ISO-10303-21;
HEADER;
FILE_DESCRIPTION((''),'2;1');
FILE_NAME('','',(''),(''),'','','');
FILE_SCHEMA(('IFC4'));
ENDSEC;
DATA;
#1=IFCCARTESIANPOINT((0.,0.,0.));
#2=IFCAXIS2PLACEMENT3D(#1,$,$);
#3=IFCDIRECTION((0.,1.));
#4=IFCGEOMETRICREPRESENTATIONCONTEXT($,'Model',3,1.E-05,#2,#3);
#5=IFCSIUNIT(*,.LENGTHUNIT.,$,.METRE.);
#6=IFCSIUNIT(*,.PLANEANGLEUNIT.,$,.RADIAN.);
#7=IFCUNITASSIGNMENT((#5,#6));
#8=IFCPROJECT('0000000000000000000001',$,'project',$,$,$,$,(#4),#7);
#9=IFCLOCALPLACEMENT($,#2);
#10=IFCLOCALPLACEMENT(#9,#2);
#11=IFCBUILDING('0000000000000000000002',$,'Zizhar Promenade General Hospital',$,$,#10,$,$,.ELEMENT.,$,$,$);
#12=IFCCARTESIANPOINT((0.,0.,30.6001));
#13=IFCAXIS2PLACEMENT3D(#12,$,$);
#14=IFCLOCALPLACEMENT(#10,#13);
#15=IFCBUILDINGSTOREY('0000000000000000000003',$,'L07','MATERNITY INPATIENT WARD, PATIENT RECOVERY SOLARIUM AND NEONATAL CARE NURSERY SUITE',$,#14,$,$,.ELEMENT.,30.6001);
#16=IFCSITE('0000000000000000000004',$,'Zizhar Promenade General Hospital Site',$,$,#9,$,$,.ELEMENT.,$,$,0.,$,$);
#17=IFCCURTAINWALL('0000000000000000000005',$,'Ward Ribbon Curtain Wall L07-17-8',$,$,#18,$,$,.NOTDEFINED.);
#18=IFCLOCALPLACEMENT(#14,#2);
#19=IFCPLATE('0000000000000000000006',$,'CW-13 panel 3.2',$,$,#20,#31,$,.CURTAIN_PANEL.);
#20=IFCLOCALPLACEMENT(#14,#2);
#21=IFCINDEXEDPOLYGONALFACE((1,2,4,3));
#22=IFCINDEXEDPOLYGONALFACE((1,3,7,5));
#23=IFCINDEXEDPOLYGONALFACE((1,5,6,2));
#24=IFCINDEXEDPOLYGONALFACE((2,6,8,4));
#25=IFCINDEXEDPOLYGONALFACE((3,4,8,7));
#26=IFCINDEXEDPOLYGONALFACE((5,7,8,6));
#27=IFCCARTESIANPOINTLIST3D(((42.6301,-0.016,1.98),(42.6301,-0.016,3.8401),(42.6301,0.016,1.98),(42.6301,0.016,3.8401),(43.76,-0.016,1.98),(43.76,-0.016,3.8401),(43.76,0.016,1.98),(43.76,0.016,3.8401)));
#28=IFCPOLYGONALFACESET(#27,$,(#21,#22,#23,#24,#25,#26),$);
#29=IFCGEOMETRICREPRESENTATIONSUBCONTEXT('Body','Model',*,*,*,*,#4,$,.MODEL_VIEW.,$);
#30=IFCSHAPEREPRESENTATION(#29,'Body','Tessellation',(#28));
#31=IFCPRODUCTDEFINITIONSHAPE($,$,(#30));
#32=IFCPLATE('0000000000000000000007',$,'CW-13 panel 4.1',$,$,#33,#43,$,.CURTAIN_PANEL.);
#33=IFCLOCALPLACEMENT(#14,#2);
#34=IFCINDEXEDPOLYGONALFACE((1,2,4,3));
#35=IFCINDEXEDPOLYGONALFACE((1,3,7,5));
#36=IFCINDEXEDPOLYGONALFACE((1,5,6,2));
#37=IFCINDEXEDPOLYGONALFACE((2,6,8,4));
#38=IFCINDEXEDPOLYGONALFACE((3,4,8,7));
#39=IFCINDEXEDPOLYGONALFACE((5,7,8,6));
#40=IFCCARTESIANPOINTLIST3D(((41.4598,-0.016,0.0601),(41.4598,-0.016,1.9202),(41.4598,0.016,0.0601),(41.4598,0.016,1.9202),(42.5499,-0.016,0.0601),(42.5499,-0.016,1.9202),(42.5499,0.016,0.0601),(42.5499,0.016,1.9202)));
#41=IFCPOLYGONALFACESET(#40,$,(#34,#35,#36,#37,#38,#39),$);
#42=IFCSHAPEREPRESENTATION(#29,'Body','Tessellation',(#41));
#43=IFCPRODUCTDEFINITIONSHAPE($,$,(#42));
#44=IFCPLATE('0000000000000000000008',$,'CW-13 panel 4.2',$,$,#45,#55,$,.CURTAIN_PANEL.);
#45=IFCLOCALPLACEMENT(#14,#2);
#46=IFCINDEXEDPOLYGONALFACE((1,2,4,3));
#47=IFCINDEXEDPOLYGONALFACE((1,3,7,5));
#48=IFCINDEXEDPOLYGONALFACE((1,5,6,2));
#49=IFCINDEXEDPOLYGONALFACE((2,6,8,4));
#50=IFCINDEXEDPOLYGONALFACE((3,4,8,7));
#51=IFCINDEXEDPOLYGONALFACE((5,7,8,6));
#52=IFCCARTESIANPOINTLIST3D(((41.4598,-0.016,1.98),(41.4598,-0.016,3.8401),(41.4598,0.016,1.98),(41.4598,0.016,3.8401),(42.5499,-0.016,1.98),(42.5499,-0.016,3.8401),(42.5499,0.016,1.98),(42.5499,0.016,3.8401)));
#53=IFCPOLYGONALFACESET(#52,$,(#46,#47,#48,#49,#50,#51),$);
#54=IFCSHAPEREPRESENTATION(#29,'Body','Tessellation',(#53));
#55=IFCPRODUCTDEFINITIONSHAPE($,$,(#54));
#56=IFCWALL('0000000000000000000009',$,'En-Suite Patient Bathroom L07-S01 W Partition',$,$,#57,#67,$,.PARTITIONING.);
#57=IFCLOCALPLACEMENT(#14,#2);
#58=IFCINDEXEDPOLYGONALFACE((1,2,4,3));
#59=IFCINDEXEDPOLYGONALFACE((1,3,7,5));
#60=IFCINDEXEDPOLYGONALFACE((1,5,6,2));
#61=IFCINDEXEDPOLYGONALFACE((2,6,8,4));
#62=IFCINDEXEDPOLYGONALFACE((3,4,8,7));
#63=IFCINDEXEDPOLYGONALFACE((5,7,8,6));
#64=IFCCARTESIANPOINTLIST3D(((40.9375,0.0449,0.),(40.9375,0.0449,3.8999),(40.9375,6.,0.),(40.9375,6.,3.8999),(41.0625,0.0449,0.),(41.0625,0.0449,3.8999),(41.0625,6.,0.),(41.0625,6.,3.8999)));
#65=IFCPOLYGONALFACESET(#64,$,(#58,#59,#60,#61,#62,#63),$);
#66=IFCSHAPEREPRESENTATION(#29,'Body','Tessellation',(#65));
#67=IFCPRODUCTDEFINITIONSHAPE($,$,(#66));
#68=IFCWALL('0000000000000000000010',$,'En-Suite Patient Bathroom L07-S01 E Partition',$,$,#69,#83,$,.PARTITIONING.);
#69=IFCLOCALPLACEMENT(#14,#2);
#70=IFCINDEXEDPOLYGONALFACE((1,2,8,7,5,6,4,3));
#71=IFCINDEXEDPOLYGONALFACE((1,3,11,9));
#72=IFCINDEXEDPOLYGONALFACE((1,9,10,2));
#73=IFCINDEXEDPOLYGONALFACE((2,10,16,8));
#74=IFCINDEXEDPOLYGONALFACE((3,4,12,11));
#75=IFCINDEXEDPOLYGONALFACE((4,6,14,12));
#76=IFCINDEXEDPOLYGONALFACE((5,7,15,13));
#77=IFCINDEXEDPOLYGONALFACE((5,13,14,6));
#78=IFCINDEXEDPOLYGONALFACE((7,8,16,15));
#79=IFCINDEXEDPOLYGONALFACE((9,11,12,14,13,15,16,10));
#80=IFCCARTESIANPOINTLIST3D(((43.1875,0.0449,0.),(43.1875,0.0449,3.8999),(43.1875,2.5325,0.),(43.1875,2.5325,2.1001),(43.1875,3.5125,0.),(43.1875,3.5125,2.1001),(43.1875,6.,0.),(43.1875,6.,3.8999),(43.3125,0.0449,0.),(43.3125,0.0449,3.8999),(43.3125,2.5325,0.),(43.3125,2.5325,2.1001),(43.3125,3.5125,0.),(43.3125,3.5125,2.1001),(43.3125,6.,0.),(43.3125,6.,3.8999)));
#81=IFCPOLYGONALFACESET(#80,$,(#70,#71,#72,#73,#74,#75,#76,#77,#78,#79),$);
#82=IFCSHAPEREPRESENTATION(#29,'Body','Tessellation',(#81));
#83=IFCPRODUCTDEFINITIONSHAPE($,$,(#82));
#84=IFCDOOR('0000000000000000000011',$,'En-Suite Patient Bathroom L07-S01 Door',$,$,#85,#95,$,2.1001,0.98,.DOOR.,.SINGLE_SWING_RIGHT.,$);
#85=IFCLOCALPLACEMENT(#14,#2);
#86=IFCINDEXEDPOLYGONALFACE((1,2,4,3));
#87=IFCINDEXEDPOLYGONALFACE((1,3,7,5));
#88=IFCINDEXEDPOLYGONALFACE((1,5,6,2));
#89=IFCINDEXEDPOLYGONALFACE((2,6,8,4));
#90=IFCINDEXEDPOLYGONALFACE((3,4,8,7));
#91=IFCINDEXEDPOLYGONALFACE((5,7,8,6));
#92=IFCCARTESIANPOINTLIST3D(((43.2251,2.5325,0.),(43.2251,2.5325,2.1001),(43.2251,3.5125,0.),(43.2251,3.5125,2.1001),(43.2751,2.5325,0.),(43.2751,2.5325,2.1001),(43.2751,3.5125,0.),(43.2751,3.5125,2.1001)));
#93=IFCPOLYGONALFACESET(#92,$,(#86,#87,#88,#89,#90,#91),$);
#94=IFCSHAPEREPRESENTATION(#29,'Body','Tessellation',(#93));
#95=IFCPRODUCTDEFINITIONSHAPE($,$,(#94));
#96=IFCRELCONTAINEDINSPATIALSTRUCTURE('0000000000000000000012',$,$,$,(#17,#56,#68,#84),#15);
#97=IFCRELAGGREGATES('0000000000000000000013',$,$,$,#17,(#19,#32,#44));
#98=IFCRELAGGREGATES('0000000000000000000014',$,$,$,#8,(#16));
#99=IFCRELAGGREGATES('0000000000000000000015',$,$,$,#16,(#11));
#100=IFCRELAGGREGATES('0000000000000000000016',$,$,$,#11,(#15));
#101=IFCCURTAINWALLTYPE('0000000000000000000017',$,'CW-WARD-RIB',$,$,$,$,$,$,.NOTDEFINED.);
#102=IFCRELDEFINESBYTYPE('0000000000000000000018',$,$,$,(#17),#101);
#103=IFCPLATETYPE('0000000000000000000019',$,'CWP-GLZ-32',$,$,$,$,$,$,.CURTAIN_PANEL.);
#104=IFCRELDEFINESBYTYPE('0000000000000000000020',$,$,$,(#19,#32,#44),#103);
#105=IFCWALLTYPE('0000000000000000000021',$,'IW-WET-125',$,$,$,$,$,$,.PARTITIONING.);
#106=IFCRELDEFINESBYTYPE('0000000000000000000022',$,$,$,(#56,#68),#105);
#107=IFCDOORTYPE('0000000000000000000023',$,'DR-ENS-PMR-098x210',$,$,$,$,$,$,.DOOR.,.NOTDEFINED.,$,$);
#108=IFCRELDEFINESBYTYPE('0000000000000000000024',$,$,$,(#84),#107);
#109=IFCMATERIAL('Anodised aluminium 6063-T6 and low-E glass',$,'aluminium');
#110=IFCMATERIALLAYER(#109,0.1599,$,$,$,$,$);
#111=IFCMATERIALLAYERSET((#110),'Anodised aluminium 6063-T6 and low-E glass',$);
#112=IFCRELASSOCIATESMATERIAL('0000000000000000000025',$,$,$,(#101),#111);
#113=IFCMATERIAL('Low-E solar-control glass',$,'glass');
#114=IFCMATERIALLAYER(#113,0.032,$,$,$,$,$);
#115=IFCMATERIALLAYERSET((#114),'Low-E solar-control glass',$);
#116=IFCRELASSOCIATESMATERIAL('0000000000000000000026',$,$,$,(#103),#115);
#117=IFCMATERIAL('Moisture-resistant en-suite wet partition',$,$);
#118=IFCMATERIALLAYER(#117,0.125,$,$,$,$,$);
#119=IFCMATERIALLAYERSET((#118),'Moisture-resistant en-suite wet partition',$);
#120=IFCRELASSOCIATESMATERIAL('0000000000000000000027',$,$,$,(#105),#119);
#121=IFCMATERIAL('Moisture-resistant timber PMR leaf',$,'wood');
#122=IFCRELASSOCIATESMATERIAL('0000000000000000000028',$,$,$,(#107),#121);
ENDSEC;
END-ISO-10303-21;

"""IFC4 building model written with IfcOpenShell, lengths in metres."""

from ifc_helpers import new_model, si_unit, direction, frame, frame_2d, origin, origin_2d, place, context, subcontext, project, spatial, rectangle, extrude, material, layer, layer_set, type_object, element, fill, aggregate, save


model = new_model("IFC4")

# Units and contexts
model_context = context("Model", 3, precision=1e-05, world=origin(), true_north=direction((0.0, 1.0)))
body_context = subcontext(model_context, "Body", "Model", "MODEL_VIEW")
ifc_project = project(units=[si_unit("LENGTHUNIT", "METRE"), si_unit("PLANEANGLEUNIT", "RADIAN")], contexts=[model_context])

# Site, building, storey
site_placement = place(None, origin())
site = spatial("IfcSite", under=ifc_project, at=site_placement, Name="Zizhar Promenade General Hospital Site", CompositionType="ELEMENT", RefElevation=0.0)
building_placement = place(site_placement, origin())
building = spatial("IfcBuilding", under=site, at=building_placement, Name="Zizhar Promenade General Hospital", CompositionType="ELEMENT")
storey_placement = place(building_placement, frame((0.0, 0.0, 30.6001)))
storey = spatial("IfcBuildingStorey", under=building, at=storey_placement, Name="L07", Description="MATERNITY INPATIENT WARD, PATIENT RECOVERY SOLARIUM AND NEONATAL CARE NURSERY SUITE", CompositionType="ELEMENT", Elevation=30.6001)

# Curtain wall
ifc_material_1 = material(Name="Anodised aluminium 6063-T6 and low-E glass", Category="aluminium")
ifc_layer_1 = layer(ifc_material_1, 0.1599)
ifc_layer_set_1 = layer_set([ifc_layer_1], Name="Anodised aluminium 6063-T6 and low-E glass")
curtain_wall_type_1 = type_object("IfcCurtainWallType", Name="CW-WARD-RIB", PredefinedType="NOTDEFINED", material=ifc_layer_set_1)
curtain_wall_1_placement = place(storey_placement, origin())
curtain_wall_1 = element("IfcCurtainWall", 1, at=curtain_wall_1_placement, inside=storey, type_object=curtain_wall_type_1, Name="Ward Ribbon Curtain Wall L07-17-8", PredefinedType="NOTDEFINED")

# Plates
ifc_material_2 = material(Name="Low-E solar-control glass", Category="glass")
ifc_layer_2 = layer(ifc_material_2, 0.032)
ifc_layer_set_2 = layer_set([ifc_layer_2], Name="Low-E solar-control glass")
plate_type = type_object("IfcPlateType", Name="CWP-GLZ-32", PredefinedType="CURTAIN_PANEL", material=ifc_layer_set_2)
plate_1_placement = place(storey_placement, frame((43.1951, 0.0, 1.98), z_axis=(0.0, 0.0, 1.0), x_axis=(-1.0, 0.0, 0.0)))
plate_1 = element("IfcPlate", 2, at=plate_1_placement, type_object=plate_type, Name="CW-13 panel 3.2", PredefinedType="CURTAIN_PANEL", context=body_context, shape_type="SweptSolid", body=[
    extrude(rectangle(XDim=1.1299, YDim=0.032, at=origin_2d()), origin(), (0.0, 0.0, 1.0), 1.8601),
])
plate_2_placement = place(storey_placement, frame((42.0049, 0.0, 0.0601), z_axis=(0.0, 0.0, 1.0), x_axis=(-1.0, 0.0, 0.0)))
plate_2 = element("IfcPlate", 3, at=plate_2_placement, type_object=plate_type, Name="CW-13 panel 4.1", PredefinedType="CURTAIN_PANEL", context=body_context, shape_type="SweptSolid", body=[
    extrude(rectangle(XDim=1.0901, YDim=0.032, at=origin_2d()), origin(), (0.0, 0.0, 1.0), 1.8601),
])
plate_3_placement = place(storey_placement, frame((42.0049, 0.0, 1.98), z_axis=(0.0, 0.0, 1.0), x_axis=(-1.0, 0.0, 0.0)))
plate_3 = element("IfcPlate", 4, at=plate_3_placement, type_object=plate_type, Name="CW-13 panel 4.2", PredefinedType="CURTAIN_PANEL", context=body_context, shape_type="SweptSolid", body=[
    extrude(rectangle(XDim=1.0901, YDim=0.032, at=origin_2d()), origin(), (0.0, 0.0, 1.0), 1.8601),
])
aggregate(curtain_wall_1, [plate_1, plate_2, plate_3])

# Wall
ifc_material_3 = material(Name="Moisture-resistant en-suite wet partition")
ifc_layer_3 = layer(ifc_material_3, 0.125)
ifc_layer_set_3 = layer_set([ifc_layer_3], Name="Moisture-resistant en-suite wet partition")
wall_type = type_object("IfcWallType", Name="IW-WET-125", PredefinedType="PARTITIONING", material=ifc_layer_set_3)
wall_1_placement = place(storey_placement, frame((41.0, 0.0449, 0.0), z_axis=(0.0, 0.0, 1.0), x_axis=(0.0, 1.0, 0.0)))
element("IfcWall", 5, at=wall_1_placement, inside=storey, type_object=wall_type, Name="En-Suite Patient Bathroom L07-S01 W Partition", PredefinedType="PARTITIONING", context=body_context, shape_type="SweptSolid", body=[
    extrude(rectangle(XDim=5.9551, YDim=0.125, at=frame_2d((2.9775, 0.0))), origin(), (0.0, 0.0, 1.0), 3.8999),
])

# Wall, opening, door
wall_2_placement = place(storey_placement, frame((43.25, 0.0449, 0.0), z_axis=(0.0, 0.0, 1.0), x_axis=(0.0, 1.0, 0.0)))
wall_2 = element("IfcWall", 6, at=wall_2_placement, inside=storey, type_object=wall_type, Name="En-Suite Patient Bathroom L07-S01 E Partition", PredefinedType="PARTITIONING", context=body_context, shape_type="SweptSolid", body=[
    extrude(rectangle(XDim=5.9551, YDim=0.125, at=frame_2d((2.9775, 0.0))), origin(), (0.0, 0.0, 1.0), 3.8999),
])
opening_placement = place(wall_2_placement, frame((2.4875, 0.0, 0.0)))
opening = element("IfcOpeningElement", 7, at=opening_placement, cuts=wall_2, PredefinedType="OPENING", context=body_context, shape_type="SweptSolid", body=[
    extrude(rectangle(XDim=0.98, YDim=2.1001, at=frame_2d((0.49, 1.05))), frame((0.0, 0.0725, 0.0), z_axis=(0.0, -1.0, 0.0), x_axis=(1.0, 0.0, 0.0)), (0.0, 0.0, 1.0), 0.145),
])
ifc_material_4 = material(Name="Moisture-resistant timber PMR leaf", Category="wood")
door_type = type_object("IfcDoorType", Name="DR-ENS-PMR-098x210", OperationType="NOTDEFINED", PredefinedType="DOOR", material=ifc_material_4)
door_placement = place(opening_placement, origin())
door = element("IfcDoor", 8, at=door_placement, inside=storey, type_object=door_type, Name="En-Suite Patient Bathroom L07-S01 Door", OperationType="SINGLE_SWING_RIGHT", OverallHeight=2.1001, OverallWidth=0.98, PredefinedType="DOOR", context=body_context, shape_type="SweptSolid", body=[
    extrude(rectangle(XDim=0.98, YDim=2.1001, at=frame_2d((0.49, 1.05))), frame((0.0, 0.0249, 0.0), z_axis=(0.0, -1.0, 0.0), x_axis=(1.0, 0.0, 0.0)), (0.0, 0.0, 1.0), 0.05),
])
fill(opening, door)

save(model, "model.ifc")
